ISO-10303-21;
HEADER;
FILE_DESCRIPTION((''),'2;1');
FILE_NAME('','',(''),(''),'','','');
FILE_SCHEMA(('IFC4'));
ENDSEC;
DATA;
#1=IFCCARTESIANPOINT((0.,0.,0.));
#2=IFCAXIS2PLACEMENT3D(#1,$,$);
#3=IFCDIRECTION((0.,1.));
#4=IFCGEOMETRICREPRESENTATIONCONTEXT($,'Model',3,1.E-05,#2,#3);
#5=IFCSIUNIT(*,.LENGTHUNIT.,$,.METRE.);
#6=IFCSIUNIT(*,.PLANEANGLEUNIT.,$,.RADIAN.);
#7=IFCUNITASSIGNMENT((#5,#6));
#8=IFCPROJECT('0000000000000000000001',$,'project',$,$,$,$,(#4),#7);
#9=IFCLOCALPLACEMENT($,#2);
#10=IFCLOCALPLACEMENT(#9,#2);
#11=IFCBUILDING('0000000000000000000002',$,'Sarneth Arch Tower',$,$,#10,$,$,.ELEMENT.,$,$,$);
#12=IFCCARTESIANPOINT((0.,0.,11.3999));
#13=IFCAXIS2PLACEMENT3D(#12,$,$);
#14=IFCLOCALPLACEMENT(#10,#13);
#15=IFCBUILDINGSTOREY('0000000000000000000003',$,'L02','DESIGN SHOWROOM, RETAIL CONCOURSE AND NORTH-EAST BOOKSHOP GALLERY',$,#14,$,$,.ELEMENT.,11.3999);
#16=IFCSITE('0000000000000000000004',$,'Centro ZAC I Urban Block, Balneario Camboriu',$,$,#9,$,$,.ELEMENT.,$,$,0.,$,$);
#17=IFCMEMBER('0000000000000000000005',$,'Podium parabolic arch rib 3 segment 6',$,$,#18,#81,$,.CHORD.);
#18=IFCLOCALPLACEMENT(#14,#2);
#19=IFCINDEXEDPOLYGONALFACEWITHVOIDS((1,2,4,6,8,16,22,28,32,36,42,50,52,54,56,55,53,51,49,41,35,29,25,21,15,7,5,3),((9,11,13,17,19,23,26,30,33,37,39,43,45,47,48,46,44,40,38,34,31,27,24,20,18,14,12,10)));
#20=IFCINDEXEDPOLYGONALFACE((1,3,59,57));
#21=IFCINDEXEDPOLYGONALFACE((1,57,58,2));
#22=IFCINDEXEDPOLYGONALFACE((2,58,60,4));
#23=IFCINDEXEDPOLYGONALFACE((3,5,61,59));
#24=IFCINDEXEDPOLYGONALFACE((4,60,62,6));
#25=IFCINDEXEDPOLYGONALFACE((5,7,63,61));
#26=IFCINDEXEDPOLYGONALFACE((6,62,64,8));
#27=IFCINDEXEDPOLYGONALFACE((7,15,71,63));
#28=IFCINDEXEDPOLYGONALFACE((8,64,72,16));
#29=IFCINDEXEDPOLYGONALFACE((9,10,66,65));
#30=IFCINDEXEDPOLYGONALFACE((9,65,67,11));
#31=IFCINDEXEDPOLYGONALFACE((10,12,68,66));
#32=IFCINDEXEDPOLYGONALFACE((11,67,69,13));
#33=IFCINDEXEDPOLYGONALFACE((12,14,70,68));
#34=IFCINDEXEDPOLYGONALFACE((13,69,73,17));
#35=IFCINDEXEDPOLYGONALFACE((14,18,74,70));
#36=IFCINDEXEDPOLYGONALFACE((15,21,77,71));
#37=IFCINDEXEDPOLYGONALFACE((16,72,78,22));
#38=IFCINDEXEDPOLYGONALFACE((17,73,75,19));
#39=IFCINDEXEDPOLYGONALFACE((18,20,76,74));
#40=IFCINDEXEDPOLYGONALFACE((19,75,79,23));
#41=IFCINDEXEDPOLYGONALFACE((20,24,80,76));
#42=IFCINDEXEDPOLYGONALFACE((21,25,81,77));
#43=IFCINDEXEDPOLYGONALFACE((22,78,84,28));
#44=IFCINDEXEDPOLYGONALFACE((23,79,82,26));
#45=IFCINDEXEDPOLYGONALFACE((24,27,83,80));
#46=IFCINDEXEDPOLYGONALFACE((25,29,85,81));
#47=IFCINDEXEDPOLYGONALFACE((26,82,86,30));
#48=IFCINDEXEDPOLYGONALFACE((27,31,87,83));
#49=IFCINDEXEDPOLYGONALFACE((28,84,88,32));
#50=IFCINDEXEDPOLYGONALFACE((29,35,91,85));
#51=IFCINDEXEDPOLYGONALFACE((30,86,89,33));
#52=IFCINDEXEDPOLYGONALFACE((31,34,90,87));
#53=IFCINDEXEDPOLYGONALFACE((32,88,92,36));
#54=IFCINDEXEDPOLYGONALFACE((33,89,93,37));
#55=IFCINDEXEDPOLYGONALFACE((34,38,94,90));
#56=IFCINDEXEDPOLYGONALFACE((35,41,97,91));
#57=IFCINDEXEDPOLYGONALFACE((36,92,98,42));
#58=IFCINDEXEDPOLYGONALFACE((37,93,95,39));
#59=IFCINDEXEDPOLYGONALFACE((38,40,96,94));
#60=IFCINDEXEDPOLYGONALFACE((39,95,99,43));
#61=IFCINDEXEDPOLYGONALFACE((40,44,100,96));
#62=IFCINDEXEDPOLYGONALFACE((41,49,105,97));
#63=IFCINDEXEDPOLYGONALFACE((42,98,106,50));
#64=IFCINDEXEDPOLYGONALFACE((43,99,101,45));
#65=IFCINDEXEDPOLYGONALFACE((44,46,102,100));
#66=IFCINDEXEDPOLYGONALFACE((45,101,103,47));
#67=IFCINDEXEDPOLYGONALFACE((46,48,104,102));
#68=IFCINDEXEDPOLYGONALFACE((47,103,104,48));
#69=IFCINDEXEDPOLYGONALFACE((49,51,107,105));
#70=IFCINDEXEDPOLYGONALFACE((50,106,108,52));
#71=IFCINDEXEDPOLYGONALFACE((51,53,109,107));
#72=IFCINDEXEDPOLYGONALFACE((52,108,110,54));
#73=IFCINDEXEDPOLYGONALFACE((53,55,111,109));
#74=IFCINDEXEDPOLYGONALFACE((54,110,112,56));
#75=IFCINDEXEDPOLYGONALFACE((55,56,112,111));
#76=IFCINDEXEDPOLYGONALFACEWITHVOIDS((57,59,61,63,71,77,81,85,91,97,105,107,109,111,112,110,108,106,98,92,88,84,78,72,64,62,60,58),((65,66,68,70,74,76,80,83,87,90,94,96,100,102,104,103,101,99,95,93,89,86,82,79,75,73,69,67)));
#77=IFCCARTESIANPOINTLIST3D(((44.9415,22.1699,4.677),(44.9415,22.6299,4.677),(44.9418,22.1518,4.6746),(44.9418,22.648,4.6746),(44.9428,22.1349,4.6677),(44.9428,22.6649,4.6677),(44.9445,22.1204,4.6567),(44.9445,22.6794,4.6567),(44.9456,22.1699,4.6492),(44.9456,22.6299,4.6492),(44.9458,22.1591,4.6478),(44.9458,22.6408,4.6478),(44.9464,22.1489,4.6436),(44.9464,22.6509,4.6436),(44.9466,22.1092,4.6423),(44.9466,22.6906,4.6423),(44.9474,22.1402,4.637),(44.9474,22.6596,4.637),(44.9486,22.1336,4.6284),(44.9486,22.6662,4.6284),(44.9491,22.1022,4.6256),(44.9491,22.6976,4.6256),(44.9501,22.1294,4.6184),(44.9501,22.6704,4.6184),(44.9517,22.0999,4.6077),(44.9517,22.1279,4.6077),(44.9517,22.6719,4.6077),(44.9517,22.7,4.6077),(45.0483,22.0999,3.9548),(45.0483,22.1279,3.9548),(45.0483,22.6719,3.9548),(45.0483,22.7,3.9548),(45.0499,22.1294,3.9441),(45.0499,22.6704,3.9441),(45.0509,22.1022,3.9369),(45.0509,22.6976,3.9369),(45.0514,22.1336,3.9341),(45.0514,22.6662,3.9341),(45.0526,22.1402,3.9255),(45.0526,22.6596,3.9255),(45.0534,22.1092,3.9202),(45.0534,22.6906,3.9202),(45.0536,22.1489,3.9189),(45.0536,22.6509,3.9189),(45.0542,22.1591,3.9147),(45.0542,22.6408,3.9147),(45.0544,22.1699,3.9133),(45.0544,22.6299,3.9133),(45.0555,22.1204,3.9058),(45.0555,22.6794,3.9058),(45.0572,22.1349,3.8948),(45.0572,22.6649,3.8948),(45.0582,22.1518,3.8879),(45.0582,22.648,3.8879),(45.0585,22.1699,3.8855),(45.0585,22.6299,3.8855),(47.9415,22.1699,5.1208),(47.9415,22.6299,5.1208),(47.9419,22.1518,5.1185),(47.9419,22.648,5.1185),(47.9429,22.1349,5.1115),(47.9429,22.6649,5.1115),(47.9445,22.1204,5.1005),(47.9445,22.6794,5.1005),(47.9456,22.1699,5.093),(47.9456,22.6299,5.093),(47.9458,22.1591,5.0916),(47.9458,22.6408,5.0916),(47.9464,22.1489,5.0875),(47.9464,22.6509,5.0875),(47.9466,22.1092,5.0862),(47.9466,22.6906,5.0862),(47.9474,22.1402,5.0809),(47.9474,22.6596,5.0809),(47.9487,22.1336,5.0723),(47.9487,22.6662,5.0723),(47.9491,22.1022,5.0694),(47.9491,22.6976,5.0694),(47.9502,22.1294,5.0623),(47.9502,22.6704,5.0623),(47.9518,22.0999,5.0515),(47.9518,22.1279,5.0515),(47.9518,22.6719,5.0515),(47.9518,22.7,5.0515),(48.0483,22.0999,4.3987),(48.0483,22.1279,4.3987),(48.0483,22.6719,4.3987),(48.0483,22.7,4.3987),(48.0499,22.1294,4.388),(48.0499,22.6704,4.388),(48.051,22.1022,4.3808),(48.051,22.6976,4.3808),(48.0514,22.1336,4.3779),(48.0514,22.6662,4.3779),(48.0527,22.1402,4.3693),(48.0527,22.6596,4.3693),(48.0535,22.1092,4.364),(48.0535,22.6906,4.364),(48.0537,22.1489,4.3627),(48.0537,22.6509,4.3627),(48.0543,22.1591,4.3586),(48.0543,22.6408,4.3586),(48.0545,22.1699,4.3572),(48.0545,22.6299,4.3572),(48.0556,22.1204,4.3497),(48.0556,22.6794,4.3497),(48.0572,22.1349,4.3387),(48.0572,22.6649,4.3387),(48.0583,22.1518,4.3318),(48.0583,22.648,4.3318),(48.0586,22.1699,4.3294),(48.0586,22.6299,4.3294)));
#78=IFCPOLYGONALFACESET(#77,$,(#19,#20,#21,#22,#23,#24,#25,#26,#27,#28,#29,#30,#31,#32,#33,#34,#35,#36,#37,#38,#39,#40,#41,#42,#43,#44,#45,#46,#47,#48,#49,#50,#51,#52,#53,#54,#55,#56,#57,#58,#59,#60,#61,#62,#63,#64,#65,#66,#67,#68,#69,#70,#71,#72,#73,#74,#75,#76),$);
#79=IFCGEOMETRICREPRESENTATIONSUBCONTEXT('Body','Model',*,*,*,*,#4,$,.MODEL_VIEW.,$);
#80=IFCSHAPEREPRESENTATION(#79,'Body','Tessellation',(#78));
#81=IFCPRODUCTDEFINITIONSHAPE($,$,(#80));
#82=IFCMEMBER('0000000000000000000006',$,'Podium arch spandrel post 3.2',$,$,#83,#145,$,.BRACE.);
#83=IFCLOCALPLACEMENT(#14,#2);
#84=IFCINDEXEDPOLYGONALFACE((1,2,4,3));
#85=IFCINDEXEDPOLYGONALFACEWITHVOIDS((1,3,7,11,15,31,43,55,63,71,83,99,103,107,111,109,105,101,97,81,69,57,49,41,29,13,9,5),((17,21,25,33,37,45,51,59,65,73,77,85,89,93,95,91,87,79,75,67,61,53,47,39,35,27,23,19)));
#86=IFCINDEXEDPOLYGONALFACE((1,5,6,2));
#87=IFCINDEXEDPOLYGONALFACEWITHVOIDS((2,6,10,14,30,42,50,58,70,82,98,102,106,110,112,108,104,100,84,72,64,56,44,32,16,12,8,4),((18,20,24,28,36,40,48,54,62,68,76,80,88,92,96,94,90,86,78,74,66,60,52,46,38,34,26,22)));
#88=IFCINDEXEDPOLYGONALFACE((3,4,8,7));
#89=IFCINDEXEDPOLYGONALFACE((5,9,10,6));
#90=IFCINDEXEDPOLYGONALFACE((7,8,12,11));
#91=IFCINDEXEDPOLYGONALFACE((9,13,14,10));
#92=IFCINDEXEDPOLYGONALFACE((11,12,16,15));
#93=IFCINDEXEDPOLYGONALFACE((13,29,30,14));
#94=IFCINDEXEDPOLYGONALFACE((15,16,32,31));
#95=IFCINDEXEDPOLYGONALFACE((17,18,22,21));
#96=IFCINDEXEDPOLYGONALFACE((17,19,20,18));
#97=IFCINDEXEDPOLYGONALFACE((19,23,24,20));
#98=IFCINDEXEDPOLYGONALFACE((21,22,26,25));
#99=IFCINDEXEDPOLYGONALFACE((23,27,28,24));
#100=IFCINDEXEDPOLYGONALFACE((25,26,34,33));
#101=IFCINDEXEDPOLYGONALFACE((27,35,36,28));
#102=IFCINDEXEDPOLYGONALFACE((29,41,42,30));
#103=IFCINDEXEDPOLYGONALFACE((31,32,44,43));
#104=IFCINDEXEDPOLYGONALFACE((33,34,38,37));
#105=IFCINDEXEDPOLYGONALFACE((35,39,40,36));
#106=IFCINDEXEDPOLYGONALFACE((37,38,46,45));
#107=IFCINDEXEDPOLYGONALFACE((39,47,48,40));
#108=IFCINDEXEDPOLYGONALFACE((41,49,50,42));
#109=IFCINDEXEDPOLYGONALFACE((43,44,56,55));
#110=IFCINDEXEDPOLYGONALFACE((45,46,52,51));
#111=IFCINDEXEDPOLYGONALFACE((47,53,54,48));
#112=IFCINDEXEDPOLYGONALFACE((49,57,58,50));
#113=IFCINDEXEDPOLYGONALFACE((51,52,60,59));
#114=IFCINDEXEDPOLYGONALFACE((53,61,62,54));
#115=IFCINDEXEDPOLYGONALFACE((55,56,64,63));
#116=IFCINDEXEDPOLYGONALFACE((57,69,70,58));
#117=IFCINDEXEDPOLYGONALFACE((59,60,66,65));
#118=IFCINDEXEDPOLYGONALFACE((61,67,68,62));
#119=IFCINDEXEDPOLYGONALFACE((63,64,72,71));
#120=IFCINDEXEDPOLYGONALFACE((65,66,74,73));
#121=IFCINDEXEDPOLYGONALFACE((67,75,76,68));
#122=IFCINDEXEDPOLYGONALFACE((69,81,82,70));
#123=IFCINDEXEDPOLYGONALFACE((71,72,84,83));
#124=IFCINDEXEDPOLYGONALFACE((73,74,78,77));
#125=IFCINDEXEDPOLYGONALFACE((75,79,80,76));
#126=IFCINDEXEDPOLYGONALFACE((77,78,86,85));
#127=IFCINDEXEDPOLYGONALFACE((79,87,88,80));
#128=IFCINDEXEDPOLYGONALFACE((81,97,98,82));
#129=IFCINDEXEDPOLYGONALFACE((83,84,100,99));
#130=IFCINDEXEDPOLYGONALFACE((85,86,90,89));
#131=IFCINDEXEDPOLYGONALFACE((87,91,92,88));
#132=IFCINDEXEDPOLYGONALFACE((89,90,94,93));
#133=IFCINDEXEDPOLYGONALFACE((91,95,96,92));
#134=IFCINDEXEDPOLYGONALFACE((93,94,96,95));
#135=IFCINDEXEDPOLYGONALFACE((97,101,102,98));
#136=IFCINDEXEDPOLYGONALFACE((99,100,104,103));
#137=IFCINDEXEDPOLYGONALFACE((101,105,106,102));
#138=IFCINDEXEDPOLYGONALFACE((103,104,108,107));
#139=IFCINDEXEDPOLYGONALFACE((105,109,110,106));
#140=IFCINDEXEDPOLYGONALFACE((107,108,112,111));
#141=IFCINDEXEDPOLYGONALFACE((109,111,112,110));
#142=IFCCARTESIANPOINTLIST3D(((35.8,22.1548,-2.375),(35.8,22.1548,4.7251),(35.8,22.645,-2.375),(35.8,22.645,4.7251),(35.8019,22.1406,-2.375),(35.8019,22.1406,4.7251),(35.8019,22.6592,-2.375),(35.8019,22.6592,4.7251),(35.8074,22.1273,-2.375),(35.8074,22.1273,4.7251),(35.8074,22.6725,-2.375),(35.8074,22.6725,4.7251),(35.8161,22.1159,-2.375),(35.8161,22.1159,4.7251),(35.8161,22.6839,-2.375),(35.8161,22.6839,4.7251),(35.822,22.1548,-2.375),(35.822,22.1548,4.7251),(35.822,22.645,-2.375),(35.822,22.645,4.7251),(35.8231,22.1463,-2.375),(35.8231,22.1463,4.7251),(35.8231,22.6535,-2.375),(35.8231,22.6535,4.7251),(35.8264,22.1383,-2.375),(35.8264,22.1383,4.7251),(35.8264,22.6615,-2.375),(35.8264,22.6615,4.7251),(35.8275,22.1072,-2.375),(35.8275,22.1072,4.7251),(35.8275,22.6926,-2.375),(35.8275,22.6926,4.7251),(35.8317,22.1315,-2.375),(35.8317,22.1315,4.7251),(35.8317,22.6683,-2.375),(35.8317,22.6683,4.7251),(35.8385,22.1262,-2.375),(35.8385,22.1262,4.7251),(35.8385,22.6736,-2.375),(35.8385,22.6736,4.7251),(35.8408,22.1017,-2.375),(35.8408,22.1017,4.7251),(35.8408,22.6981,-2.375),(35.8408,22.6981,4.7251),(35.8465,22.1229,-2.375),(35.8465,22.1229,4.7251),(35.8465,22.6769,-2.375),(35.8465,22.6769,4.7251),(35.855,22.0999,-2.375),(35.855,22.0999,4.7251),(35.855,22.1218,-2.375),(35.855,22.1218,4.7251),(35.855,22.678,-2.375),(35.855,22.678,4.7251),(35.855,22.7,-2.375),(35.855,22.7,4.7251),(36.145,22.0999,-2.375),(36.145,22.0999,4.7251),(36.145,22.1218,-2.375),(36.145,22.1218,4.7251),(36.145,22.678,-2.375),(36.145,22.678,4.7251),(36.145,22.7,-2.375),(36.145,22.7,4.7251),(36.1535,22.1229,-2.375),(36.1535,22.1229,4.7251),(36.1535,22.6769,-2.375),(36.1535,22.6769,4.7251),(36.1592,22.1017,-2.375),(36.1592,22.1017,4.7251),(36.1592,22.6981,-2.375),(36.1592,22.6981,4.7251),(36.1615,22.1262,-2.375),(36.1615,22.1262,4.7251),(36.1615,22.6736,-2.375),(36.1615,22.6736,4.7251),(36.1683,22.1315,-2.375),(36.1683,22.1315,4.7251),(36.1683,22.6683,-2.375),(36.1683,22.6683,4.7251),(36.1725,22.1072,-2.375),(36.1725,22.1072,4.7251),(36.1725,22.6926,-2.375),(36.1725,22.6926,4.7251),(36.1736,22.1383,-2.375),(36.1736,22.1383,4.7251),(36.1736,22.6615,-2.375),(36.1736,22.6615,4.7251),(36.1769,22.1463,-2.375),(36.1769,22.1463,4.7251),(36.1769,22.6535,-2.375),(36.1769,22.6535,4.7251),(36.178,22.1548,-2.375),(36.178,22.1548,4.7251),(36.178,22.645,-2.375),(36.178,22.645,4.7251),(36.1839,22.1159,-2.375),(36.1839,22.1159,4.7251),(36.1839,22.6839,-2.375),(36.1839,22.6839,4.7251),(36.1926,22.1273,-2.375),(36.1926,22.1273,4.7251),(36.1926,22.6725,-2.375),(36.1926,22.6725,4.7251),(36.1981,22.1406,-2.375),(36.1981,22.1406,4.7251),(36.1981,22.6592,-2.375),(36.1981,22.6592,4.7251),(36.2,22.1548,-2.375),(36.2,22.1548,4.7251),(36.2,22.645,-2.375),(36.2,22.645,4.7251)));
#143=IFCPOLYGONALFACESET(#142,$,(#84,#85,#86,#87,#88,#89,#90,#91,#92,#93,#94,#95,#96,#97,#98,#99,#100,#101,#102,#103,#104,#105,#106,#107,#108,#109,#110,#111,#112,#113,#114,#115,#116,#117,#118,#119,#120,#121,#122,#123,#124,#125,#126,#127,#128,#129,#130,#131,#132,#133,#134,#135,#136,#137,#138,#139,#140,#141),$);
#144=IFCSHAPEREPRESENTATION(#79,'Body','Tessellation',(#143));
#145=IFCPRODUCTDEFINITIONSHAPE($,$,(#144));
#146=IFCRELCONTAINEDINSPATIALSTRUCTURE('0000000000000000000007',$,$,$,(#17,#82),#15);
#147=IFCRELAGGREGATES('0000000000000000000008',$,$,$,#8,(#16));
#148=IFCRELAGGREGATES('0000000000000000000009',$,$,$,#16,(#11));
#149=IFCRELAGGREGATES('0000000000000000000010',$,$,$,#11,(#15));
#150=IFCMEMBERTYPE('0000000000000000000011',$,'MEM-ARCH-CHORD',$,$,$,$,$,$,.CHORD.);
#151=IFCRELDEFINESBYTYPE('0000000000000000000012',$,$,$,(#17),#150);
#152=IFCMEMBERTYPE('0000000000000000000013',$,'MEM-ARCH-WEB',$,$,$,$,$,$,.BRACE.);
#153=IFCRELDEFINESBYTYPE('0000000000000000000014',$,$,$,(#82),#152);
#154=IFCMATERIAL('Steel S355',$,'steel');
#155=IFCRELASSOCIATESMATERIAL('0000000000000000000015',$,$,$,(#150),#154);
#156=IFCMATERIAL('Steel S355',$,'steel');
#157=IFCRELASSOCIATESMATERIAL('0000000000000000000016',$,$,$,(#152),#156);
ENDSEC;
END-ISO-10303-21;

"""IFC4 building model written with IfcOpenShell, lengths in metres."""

from ifc_helpers import new_model, si_unit, direction, frame, origin, origin_2d, place, context, subcontext, project, spatial, hollow_rectangle, extrude, material, material_profile, profile_set, type_object, element, save


model = new_model("IFC4")

# Units and contexts
model_context = context("Model", 3, precision=1e-05, world=origin(), true_north=direction((0.0, 1.0)))
body_context = subcontext(model_context, "Body", "Model", "MODEL_VIEW")
ifc_project = project(units=[si_unit("LENGTHUNIT", "METRE"), si_unit("PLANEANGLEUNIT", "RADIAN")], contexts=[model_context])

# Site, building, storey
site_placement = place(None, origin())
site = spatial("IfcSite", under=ifc_project, at=site_placement, Name="Centro ZAC I Urban Block, Balneario Camboriu", CompositionType="ELEMENT", RefElevation=0.0)
building_placement = place(site_placement, origin())
building = spatial("IfcBuilding", under=site, at=building_placement, Name="Sarneth Arch Tower", CompositionType="ELEMENT")
storey_placement = place(building_placement, frame((0.0, 0.0, 11.3999)))
storey = spatial("IfcBuildingStorey", under=building, at=storey_placement, Name="L02", Description="DESIGN SHOWROOM, RETAIL CONCOURSE AND NORTH-EAST BOOKSHOP GALLERY", CompositionType="ELEMENT", Elevation=11.3999)

# Members
ifc_material_1 = material(Name="Steel S355", Category="steel")
ifc_material_profile_1 = material_profile(ifc_material_1, hollow_rectangle(XDim=0.6001, YDim=0.8, WallThickness=0.0281, InnerFilletRadius=0.042, OuterFilletRadius=0.0701, at=origin_2d()), Name="RHS800x600x28")
ifc_profile_set_1 = profile_set([ifc_material_profile_1], Name="Steel S355")
member_type_1 = type_object("IfcMemberType", Name="MEM-ARCH-CHORD", PredefinedType="CHORD", material=ifc_profile_set_1)
member_1_placement = place(storey_placement, frame((45.0, 22.3999, 4.2812), z_axis=(0.989232, 0.0, 0.146356), x_axis=(0.0, 1.0, 0.0)))
element("IfcMember", 1, at=member_1_placement, inside=storey, type_object=member_type_1, Name="Podium parabolic arch rib 3 segment 6", PredefinedType="CHORD", context=body_context, shape_type="SweptSolid", body=[
    extrude(hollow_rectangle(XDim=0.6001, YDim=0.8, WallThickness=0.0281, InnerFilletRadius=0.042, OuterFilletRadius=0.0701, at=origin_2d()), origin(), (0.0, 0.0, 1.0), 3.0327),
])
ifc_material_2 = material(Name="Steel S355", Category="steel")
ifc_material_profile_2 = material_profile(ifc_material_2, hollow_rectangle(XDim=0.3999, YDim=0.6001, WallThickness=0.022, InnerFilletRadius=0.033, OuterFilletRadius=0.0549, at=origin_2d()), Name="RHS600x400x22")
ifc_profile_set_2 = profile_set([ifc_material_profile_2], Name="Steel S355")
member_type_2 = type_object("IfcMemberType", Name="MEM-ARCH-WEB", PredefinedType="BRACE", material=ifc_profile_set_2)
member_2_placement = place(storey_placement, frame((36.0, 22.3999, -2.375), z_axis=(0.0, 0.0, 1.0), x_axis=(1.0, 0.0, 0.0)))
element("IfcMember", 2, at=member_2_placement, inside=storey, type_object=member_type_2, Name="Podium arch spandrel post 3.2", PredefinedType="BRACE", context=body_context, shape_type="SweptSolid", body=[
    extrude(hollow_rectangle(XDim=0.3999, YDim=0.6001, WallThickness=0.022, InnerFilletRadius=0.033, OuterFilletRadius=0.0549, at=origin_2d()), origin(), (0.0, 0.0, 1.0), 7.1001),
])

save(model, "model.ifc")
